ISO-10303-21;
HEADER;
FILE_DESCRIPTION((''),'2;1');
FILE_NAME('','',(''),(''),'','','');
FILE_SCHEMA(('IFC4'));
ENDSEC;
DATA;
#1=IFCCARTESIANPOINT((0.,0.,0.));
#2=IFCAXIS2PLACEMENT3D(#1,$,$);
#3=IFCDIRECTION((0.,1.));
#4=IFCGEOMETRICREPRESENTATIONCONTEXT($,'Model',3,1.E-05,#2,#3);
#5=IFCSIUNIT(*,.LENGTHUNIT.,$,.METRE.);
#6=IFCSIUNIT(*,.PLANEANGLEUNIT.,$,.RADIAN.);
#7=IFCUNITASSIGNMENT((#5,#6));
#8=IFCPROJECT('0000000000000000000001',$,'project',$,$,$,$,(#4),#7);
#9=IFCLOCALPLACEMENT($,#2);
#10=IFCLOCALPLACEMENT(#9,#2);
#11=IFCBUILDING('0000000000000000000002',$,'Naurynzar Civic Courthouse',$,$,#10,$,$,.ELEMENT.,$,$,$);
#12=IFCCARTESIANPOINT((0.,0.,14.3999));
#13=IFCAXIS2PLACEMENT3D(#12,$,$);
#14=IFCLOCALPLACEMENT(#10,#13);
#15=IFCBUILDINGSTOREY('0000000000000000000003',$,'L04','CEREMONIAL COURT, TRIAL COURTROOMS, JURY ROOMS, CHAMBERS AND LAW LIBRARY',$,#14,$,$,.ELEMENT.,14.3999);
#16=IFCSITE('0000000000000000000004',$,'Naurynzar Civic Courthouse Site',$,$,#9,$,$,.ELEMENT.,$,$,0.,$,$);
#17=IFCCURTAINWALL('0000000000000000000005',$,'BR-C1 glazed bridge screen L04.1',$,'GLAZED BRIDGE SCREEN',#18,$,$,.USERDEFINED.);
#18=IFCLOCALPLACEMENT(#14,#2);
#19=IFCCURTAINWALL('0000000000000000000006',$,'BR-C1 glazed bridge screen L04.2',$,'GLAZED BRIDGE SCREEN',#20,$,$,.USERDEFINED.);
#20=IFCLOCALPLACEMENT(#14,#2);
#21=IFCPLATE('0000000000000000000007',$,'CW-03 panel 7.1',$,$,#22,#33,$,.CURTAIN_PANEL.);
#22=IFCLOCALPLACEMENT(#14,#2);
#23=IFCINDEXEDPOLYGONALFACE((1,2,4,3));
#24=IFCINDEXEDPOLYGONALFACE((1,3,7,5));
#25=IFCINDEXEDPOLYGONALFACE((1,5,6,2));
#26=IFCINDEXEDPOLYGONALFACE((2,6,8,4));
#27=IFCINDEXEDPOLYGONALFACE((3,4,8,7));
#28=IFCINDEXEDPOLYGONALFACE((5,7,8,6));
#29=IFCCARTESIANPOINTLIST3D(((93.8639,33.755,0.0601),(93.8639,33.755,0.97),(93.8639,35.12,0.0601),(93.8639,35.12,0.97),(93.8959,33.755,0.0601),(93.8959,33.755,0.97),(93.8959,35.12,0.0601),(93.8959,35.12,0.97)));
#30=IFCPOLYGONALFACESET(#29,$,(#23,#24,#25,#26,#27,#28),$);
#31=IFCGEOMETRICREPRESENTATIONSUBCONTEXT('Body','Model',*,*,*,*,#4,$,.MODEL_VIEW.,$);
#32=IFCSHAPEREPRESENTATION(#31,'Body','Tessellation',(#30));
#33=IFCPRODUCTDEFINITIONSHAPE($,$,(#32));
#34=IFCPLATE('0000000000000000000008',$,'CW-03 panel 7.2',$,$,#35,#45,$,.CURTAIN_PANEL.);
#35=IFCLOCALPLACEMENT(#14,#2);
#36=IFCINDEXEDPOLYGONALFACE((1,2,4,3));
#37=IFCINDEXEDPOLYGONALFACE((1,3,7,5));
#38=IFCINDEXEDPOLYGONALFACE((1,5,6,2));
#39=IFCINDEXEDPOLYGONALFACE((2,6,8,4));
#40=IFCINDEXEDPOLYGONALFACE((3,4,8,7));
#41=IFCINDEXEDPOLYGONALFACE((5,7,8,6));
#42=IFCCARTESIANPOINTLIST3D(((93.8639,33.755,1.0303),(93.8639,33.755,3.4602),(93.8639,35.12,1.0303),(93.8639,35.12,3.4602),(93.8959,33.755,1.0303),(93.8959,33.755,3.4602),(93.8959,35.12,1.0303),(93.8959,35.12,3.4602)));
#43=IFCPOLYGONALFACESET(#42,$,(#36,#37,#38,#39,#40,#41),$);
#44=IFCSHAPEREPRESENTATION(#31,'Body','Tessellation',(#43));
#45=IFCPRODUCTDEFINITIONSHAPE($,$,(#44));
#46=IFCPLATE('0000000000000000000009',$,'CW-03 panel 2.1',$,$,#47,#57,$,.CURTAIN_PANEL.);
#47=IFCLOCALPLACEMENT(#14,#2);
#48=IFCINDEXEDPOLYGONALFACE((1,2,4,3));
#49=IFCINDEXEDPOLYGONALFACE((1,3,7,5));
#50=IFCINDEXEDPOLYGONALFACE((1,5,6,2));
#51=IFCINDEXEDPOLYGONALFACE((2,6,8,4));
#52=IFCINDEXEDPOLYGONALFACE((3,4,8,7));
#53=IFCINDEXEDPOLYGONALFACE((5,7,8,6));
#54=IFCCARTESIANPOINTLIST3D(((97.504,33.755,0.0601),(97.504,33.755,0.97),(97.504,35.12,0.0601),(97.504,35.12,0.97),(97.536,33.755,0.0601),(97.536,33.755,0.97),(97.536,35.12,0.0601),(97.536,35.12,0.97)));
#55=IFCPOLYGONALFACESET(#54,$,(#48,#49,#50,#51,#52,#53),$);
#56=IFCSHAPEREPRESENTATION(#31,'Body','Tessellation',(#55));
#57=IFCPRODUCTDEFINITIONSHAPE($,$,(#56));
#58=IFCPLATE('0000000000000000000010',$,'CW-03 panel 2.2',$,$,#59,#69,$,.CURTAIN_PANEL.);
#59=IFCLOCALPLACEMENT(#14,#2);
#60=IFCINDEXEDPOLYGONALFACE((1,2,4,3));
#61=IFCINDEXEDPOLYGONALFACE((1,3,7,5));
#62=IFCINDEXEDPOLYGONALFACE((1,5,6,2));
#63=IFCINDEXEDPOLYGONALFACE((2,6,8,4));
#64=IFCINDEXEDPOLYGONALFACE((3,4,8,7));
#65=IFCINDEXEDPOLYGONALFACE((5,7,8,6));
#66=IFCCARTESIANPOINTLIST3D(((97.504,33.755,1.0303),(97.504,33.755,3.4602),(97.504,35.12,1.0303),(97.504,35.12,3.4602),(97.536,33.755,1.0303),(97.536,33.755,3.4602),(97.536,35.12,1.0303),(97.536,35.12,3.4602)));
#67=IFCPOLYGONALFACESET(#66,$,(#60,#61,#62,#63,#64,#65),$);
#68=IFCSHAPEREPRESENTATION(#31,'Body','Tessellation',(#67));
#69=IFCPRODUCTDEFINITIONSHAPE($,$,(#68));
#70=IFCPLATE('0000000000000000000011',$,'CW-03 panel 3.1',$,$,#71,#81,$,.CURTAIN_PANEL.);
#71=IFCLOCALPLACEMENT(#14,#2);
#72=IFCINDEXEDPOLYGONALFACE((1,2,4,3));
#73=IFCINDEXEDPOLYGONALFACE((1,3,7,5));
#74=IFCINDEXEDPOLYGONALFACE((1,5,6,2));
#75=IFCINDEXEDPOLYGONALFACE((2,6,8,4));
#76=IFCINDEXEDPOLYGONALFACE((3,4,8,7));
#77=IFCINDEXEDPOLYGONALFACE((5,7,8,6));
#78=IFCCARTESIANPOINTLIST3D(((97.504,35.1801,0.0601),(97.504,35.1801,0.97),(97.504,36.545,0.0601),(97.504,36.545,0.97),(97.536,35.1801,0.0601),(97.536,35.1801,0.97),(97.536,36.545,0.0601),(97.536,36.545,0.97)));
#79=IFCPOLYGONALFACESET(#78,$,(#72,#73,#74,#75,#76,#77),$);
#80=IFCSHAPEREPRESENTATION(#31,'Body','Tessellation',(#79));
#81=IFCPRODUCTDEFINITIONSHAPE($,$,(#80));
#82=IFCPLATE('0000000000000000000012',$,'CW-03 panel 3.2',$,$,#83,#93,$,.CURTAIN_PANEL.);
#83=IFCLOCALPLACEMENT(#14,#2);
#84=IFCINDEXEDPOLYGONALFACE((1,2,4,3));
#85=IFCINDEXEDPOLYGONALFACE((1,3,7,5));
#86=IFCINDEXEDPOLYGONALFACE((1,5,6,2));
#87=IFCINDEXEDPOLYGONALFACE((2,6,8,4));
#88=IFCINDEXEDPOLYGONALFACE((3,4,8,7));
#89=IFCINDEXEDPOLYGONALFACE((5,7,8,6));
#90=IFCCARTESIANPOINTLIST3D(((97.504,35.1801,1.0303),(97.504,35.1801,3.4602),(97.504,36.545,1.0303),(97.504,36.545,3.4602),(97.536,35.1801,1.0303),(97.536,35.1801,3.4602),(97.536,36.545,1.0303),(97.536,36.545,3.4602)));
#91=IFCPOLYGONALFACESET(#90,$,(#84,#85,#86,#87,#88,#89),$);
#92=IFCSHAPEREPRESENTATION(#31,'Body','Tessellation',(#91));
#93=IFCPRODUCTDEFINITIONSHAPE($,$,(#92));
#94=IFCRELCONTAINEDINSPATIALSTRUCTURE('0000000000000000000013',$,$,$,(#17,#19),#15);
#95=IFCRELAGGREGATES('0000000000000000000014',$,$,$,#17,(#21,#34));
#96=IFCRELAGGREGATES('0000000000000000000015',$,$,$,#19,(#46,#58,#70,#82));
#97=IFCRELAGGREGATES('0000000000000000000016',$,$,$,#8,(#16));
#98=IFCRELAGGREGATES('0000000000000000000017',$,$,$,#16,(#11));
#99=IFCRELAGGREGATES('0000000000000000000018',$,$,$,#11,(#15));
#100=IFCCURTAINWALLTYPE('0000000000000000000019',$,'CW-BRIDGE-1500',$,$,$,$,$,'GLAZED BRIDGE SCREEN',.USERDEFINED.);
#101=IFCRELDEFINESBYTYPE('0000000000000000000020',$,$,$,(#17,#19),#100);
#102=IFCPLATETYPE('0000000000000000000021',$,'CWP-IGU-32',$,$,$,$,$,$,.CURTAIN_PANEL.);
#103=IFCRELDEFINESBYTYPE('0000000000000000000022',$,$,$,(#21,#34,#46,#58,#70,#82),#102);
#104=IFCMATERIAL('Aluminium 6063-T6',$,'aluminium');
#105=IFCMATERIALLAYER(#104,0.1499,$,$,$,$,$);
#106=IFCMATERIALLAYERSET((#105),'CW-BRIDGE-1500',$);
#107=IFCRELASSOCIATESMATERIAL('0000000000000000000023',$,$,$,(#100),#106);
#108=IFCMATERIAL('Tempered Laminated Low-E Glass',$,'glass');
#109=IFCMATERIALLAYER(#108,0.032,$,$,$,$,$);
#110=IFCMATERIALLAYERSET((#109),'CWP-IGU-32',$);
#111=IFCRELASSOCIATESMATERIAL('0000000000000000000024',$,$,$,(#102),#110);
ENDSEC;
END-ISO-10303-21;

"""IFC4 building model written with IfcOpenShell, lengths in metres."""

from ifc_helpers import new_model, si_unit, direction, frame, origin, origin_2d, place, context, subcontext, project, spatial, rectangle, extrude, material, layer, layer_set, type_object, element, aggregate, save


model = new_model("IFC4")

# Units and contexts
model_context = context("Model", 3, precision=1e-05, world=origin(), true_north=direction((0.0, 1.0)))
body_context = subcontext(model_context, "Body", "Model", "MODEL_VIEW")
ifc_project = project(units=[si_unit("LENGTHUNIT", "METRE"), si_unit("PLANEANGLEUNIT", "RADIAN")], contexts=[model_context])

# Site, building, storey
site_placement = place(None, origin())
site = spatial("IfcSite", under=ifc_project, at=site_placement, Name="Naurynzar Civic Courthouse Site", CompositionType="ELEMENT", RefElevation=0.0)
building_placement = place(site_placement, origin())
building = spatial("IfcBuilding", under=site, at=building_placement, Name="Naurynzar Civic Courthouse", CompositionType="ELEMENT")
storey_placement = place(building_placement, frame((0.0, 0.0, 14.3999)))
storey = spatial("IfcBuildingStorey", under=building, at=storey_placement, Name="L04", Description="CEREMONIAL COURT, TRIAL COURTROOMS, JURY ROOMS, CHAMBERS AND LAW LIBRARY", CompositionType="ELEMENT", Elevation=14.3999)

# Curtain walls
ifc_material_1 = material(Name="Aluminium 6063-T6", Category="aluminium")
ifc_layer_1 = layer(ifc_material_1, 0.1499)
ifc_layer_set_1 = layer_set([ifc_layer_1], Name="CW-BRIDGE-1500")
curtain_wall_type = type_object("IfcCurtainWallType", Name="CW-BRIDGE-1500", ElementType="GLAZED BRIDGE SCREEN", PredefinedType="USERDEFINED", material=ifc_layer_set_1)
curtain_wall_1_placement = place(storey_placement, origin())
curtain_wall_1 = element("IfcCurtainWall", 1, at=curtain_wall_1_placement, inside=storey, type_object=curtain_wall_type, Name="BR-C1 glazed bridge screen L04.1", ObjectType="GLAZED BRIDGE SCREEN", PredefinedType="USERDEFINED")
curtain_wall_2_placement = place(storey_placement, origin())
curtain_wall_2 = element("IfcCurtainWall", 2, at=curtain_wall_2_placement, inside=storey, type_object=curtain_wall_type, Name="BR-C1 glazed bridge screen L04.2", ObjectType="GLAZED BRIDGE SCREEN", PredefinedType="USERDEFINED")

# Plates
ifc_material_2 = material(Name="Tempered Laminated Low-E Glass", Category="glass")
ifc_layer_2 = layer(ifc_material_2, 0.032)
ifc_layer_set_2 = layer_set([ifc_layer_2], Name="CWP-IGU-32")
plate_type = type_object("IfcPlateType", Name="CWP-IGU-32", PredefinedType="CURTAIN_PANEL", material=ifc_layer_set_2)
plate_1_placement = place(storey_placement, frame((93.8799, 34.4375, 0.0601), z_axis=(0.0, 0.0, 1.0), x_axis=(0.0, -1.0, 0.0)))
plate_1 = element("IfcPlate", 3, at=plate_1_placement, type_object=plate_type, Name="CW-03 panel 7.1", PredefinedType="CURTAIN_PANEL", context=body_context, shape_type="SweptSolid", body=[
    extrude(rectangle(XDim=1.365, YDim=0.032, at=origin_2d()), origin(), (0.0, 0.0, 1.0), 0.9099),
])
plate_2_placement = place(storey_placement, frame((93.8799, 34.4375, 1.0303), z_axis=(0.0, 0.0, 1.0), x_axis=(0.0, -1.0, 0.0)))
plate_2 = element("IfcPlate", 4, at=plate_2_placement, type_object=plate_type, Name="CW-03 panel 7.2", PredefinedType="CURTAIN_PANEL", context=body_context, shape_type="SweptSolid", body=[
    extrude(rectangle(XDim=1.365, YDim=0.032, at=origin_2d()), origin(), (0.0, 0.0, 1.0), 2.4299),
])
aggregate(curtain_wall_1, [plate_1, plate_2])
plate_3_placement = place(storey_placement, frame((97.52, 34.4375, 0.0601), z_axis=(0.0, 0.0, 1.0), x_axis=(0.0, 1.0, 0.0)))
plate_3 = element("IfcPlate", 5, at=plate_3_placement, type_object=plate_type, Name="CW-03 panel 2.1", PredefinedType="CURTAIN_PANEL", context=body_context, shape_type="SweptSolid", body=[
    extrude(rectangle(XDim=1.365, YDim=0.032, at=origin_2d()), origin(), (0.0, 0.0, 1.0), 0.9099),
])
plate_4_placement = place(storey_placement, frame((97.52, 34.4375, 1.0303), z_axis=(0.0, 0.0, 1.0), x_axis=(0.0, 1.0, 0.0)))
plate_4 = element("IfcPlate", 6, at=plate_4_placement, type_object=plate_type, Name="CW-03 panel 2.2", PredefinedType="CURTAIN_PANEL", context=body_context, shape_type="SweptSolid", body=[
    extrude(rectangle(XDim=1.365, YDim=0.032, at=origin_2d()), origin(), (0.0, 0.0, 1.0), 2.4299),
])
plate_5_placement = place(storey_placement, frame((97.52, 35.8625, 0.0601), z_axis=(0.0, 0.0, 1.0), x_axis=(0.0, 1.0, 0.0)))
plate_5 = element("IfcPlate", 7, at=plate_5_placement, type_object=plate_type, Name="CW-03 panel 3.1", PredefinedType="CURTAIN_PANEL", context=body_context, shape_type="SweptSolid", body=[
    extrude(rectangle(XDim=1.365, YDim=0.032, at=origin_2d()), origin(), (0.0, 0.0, 1.0), 0.9099),
])
plate_6_placement = place(storey_placement, frame((97.52, 35.8625, 1.0303), z_axis=(0.0, 0.0, 1.0), x_axis=(0.0, 1.0, 0.0)))
plate_6 = element("IfcPlate", 8, at=plate_6_placement, type_object=plate_type, Name="CW-03 panel 3.2", PredefinedType="CURTAIN_PANEL", context=body_context, shape_type="SweptSolid", body=[
    extrude(rectangle(XDim=1.365, YDim=0.032, at=origin_2d()), origin(), (0.0, 0.0, 1.0), 2.4299),
])
aggregate(curtain_wall_2, [plate_3, plate_4, plate_5, plate_6])

save(model, "model.ifc")
